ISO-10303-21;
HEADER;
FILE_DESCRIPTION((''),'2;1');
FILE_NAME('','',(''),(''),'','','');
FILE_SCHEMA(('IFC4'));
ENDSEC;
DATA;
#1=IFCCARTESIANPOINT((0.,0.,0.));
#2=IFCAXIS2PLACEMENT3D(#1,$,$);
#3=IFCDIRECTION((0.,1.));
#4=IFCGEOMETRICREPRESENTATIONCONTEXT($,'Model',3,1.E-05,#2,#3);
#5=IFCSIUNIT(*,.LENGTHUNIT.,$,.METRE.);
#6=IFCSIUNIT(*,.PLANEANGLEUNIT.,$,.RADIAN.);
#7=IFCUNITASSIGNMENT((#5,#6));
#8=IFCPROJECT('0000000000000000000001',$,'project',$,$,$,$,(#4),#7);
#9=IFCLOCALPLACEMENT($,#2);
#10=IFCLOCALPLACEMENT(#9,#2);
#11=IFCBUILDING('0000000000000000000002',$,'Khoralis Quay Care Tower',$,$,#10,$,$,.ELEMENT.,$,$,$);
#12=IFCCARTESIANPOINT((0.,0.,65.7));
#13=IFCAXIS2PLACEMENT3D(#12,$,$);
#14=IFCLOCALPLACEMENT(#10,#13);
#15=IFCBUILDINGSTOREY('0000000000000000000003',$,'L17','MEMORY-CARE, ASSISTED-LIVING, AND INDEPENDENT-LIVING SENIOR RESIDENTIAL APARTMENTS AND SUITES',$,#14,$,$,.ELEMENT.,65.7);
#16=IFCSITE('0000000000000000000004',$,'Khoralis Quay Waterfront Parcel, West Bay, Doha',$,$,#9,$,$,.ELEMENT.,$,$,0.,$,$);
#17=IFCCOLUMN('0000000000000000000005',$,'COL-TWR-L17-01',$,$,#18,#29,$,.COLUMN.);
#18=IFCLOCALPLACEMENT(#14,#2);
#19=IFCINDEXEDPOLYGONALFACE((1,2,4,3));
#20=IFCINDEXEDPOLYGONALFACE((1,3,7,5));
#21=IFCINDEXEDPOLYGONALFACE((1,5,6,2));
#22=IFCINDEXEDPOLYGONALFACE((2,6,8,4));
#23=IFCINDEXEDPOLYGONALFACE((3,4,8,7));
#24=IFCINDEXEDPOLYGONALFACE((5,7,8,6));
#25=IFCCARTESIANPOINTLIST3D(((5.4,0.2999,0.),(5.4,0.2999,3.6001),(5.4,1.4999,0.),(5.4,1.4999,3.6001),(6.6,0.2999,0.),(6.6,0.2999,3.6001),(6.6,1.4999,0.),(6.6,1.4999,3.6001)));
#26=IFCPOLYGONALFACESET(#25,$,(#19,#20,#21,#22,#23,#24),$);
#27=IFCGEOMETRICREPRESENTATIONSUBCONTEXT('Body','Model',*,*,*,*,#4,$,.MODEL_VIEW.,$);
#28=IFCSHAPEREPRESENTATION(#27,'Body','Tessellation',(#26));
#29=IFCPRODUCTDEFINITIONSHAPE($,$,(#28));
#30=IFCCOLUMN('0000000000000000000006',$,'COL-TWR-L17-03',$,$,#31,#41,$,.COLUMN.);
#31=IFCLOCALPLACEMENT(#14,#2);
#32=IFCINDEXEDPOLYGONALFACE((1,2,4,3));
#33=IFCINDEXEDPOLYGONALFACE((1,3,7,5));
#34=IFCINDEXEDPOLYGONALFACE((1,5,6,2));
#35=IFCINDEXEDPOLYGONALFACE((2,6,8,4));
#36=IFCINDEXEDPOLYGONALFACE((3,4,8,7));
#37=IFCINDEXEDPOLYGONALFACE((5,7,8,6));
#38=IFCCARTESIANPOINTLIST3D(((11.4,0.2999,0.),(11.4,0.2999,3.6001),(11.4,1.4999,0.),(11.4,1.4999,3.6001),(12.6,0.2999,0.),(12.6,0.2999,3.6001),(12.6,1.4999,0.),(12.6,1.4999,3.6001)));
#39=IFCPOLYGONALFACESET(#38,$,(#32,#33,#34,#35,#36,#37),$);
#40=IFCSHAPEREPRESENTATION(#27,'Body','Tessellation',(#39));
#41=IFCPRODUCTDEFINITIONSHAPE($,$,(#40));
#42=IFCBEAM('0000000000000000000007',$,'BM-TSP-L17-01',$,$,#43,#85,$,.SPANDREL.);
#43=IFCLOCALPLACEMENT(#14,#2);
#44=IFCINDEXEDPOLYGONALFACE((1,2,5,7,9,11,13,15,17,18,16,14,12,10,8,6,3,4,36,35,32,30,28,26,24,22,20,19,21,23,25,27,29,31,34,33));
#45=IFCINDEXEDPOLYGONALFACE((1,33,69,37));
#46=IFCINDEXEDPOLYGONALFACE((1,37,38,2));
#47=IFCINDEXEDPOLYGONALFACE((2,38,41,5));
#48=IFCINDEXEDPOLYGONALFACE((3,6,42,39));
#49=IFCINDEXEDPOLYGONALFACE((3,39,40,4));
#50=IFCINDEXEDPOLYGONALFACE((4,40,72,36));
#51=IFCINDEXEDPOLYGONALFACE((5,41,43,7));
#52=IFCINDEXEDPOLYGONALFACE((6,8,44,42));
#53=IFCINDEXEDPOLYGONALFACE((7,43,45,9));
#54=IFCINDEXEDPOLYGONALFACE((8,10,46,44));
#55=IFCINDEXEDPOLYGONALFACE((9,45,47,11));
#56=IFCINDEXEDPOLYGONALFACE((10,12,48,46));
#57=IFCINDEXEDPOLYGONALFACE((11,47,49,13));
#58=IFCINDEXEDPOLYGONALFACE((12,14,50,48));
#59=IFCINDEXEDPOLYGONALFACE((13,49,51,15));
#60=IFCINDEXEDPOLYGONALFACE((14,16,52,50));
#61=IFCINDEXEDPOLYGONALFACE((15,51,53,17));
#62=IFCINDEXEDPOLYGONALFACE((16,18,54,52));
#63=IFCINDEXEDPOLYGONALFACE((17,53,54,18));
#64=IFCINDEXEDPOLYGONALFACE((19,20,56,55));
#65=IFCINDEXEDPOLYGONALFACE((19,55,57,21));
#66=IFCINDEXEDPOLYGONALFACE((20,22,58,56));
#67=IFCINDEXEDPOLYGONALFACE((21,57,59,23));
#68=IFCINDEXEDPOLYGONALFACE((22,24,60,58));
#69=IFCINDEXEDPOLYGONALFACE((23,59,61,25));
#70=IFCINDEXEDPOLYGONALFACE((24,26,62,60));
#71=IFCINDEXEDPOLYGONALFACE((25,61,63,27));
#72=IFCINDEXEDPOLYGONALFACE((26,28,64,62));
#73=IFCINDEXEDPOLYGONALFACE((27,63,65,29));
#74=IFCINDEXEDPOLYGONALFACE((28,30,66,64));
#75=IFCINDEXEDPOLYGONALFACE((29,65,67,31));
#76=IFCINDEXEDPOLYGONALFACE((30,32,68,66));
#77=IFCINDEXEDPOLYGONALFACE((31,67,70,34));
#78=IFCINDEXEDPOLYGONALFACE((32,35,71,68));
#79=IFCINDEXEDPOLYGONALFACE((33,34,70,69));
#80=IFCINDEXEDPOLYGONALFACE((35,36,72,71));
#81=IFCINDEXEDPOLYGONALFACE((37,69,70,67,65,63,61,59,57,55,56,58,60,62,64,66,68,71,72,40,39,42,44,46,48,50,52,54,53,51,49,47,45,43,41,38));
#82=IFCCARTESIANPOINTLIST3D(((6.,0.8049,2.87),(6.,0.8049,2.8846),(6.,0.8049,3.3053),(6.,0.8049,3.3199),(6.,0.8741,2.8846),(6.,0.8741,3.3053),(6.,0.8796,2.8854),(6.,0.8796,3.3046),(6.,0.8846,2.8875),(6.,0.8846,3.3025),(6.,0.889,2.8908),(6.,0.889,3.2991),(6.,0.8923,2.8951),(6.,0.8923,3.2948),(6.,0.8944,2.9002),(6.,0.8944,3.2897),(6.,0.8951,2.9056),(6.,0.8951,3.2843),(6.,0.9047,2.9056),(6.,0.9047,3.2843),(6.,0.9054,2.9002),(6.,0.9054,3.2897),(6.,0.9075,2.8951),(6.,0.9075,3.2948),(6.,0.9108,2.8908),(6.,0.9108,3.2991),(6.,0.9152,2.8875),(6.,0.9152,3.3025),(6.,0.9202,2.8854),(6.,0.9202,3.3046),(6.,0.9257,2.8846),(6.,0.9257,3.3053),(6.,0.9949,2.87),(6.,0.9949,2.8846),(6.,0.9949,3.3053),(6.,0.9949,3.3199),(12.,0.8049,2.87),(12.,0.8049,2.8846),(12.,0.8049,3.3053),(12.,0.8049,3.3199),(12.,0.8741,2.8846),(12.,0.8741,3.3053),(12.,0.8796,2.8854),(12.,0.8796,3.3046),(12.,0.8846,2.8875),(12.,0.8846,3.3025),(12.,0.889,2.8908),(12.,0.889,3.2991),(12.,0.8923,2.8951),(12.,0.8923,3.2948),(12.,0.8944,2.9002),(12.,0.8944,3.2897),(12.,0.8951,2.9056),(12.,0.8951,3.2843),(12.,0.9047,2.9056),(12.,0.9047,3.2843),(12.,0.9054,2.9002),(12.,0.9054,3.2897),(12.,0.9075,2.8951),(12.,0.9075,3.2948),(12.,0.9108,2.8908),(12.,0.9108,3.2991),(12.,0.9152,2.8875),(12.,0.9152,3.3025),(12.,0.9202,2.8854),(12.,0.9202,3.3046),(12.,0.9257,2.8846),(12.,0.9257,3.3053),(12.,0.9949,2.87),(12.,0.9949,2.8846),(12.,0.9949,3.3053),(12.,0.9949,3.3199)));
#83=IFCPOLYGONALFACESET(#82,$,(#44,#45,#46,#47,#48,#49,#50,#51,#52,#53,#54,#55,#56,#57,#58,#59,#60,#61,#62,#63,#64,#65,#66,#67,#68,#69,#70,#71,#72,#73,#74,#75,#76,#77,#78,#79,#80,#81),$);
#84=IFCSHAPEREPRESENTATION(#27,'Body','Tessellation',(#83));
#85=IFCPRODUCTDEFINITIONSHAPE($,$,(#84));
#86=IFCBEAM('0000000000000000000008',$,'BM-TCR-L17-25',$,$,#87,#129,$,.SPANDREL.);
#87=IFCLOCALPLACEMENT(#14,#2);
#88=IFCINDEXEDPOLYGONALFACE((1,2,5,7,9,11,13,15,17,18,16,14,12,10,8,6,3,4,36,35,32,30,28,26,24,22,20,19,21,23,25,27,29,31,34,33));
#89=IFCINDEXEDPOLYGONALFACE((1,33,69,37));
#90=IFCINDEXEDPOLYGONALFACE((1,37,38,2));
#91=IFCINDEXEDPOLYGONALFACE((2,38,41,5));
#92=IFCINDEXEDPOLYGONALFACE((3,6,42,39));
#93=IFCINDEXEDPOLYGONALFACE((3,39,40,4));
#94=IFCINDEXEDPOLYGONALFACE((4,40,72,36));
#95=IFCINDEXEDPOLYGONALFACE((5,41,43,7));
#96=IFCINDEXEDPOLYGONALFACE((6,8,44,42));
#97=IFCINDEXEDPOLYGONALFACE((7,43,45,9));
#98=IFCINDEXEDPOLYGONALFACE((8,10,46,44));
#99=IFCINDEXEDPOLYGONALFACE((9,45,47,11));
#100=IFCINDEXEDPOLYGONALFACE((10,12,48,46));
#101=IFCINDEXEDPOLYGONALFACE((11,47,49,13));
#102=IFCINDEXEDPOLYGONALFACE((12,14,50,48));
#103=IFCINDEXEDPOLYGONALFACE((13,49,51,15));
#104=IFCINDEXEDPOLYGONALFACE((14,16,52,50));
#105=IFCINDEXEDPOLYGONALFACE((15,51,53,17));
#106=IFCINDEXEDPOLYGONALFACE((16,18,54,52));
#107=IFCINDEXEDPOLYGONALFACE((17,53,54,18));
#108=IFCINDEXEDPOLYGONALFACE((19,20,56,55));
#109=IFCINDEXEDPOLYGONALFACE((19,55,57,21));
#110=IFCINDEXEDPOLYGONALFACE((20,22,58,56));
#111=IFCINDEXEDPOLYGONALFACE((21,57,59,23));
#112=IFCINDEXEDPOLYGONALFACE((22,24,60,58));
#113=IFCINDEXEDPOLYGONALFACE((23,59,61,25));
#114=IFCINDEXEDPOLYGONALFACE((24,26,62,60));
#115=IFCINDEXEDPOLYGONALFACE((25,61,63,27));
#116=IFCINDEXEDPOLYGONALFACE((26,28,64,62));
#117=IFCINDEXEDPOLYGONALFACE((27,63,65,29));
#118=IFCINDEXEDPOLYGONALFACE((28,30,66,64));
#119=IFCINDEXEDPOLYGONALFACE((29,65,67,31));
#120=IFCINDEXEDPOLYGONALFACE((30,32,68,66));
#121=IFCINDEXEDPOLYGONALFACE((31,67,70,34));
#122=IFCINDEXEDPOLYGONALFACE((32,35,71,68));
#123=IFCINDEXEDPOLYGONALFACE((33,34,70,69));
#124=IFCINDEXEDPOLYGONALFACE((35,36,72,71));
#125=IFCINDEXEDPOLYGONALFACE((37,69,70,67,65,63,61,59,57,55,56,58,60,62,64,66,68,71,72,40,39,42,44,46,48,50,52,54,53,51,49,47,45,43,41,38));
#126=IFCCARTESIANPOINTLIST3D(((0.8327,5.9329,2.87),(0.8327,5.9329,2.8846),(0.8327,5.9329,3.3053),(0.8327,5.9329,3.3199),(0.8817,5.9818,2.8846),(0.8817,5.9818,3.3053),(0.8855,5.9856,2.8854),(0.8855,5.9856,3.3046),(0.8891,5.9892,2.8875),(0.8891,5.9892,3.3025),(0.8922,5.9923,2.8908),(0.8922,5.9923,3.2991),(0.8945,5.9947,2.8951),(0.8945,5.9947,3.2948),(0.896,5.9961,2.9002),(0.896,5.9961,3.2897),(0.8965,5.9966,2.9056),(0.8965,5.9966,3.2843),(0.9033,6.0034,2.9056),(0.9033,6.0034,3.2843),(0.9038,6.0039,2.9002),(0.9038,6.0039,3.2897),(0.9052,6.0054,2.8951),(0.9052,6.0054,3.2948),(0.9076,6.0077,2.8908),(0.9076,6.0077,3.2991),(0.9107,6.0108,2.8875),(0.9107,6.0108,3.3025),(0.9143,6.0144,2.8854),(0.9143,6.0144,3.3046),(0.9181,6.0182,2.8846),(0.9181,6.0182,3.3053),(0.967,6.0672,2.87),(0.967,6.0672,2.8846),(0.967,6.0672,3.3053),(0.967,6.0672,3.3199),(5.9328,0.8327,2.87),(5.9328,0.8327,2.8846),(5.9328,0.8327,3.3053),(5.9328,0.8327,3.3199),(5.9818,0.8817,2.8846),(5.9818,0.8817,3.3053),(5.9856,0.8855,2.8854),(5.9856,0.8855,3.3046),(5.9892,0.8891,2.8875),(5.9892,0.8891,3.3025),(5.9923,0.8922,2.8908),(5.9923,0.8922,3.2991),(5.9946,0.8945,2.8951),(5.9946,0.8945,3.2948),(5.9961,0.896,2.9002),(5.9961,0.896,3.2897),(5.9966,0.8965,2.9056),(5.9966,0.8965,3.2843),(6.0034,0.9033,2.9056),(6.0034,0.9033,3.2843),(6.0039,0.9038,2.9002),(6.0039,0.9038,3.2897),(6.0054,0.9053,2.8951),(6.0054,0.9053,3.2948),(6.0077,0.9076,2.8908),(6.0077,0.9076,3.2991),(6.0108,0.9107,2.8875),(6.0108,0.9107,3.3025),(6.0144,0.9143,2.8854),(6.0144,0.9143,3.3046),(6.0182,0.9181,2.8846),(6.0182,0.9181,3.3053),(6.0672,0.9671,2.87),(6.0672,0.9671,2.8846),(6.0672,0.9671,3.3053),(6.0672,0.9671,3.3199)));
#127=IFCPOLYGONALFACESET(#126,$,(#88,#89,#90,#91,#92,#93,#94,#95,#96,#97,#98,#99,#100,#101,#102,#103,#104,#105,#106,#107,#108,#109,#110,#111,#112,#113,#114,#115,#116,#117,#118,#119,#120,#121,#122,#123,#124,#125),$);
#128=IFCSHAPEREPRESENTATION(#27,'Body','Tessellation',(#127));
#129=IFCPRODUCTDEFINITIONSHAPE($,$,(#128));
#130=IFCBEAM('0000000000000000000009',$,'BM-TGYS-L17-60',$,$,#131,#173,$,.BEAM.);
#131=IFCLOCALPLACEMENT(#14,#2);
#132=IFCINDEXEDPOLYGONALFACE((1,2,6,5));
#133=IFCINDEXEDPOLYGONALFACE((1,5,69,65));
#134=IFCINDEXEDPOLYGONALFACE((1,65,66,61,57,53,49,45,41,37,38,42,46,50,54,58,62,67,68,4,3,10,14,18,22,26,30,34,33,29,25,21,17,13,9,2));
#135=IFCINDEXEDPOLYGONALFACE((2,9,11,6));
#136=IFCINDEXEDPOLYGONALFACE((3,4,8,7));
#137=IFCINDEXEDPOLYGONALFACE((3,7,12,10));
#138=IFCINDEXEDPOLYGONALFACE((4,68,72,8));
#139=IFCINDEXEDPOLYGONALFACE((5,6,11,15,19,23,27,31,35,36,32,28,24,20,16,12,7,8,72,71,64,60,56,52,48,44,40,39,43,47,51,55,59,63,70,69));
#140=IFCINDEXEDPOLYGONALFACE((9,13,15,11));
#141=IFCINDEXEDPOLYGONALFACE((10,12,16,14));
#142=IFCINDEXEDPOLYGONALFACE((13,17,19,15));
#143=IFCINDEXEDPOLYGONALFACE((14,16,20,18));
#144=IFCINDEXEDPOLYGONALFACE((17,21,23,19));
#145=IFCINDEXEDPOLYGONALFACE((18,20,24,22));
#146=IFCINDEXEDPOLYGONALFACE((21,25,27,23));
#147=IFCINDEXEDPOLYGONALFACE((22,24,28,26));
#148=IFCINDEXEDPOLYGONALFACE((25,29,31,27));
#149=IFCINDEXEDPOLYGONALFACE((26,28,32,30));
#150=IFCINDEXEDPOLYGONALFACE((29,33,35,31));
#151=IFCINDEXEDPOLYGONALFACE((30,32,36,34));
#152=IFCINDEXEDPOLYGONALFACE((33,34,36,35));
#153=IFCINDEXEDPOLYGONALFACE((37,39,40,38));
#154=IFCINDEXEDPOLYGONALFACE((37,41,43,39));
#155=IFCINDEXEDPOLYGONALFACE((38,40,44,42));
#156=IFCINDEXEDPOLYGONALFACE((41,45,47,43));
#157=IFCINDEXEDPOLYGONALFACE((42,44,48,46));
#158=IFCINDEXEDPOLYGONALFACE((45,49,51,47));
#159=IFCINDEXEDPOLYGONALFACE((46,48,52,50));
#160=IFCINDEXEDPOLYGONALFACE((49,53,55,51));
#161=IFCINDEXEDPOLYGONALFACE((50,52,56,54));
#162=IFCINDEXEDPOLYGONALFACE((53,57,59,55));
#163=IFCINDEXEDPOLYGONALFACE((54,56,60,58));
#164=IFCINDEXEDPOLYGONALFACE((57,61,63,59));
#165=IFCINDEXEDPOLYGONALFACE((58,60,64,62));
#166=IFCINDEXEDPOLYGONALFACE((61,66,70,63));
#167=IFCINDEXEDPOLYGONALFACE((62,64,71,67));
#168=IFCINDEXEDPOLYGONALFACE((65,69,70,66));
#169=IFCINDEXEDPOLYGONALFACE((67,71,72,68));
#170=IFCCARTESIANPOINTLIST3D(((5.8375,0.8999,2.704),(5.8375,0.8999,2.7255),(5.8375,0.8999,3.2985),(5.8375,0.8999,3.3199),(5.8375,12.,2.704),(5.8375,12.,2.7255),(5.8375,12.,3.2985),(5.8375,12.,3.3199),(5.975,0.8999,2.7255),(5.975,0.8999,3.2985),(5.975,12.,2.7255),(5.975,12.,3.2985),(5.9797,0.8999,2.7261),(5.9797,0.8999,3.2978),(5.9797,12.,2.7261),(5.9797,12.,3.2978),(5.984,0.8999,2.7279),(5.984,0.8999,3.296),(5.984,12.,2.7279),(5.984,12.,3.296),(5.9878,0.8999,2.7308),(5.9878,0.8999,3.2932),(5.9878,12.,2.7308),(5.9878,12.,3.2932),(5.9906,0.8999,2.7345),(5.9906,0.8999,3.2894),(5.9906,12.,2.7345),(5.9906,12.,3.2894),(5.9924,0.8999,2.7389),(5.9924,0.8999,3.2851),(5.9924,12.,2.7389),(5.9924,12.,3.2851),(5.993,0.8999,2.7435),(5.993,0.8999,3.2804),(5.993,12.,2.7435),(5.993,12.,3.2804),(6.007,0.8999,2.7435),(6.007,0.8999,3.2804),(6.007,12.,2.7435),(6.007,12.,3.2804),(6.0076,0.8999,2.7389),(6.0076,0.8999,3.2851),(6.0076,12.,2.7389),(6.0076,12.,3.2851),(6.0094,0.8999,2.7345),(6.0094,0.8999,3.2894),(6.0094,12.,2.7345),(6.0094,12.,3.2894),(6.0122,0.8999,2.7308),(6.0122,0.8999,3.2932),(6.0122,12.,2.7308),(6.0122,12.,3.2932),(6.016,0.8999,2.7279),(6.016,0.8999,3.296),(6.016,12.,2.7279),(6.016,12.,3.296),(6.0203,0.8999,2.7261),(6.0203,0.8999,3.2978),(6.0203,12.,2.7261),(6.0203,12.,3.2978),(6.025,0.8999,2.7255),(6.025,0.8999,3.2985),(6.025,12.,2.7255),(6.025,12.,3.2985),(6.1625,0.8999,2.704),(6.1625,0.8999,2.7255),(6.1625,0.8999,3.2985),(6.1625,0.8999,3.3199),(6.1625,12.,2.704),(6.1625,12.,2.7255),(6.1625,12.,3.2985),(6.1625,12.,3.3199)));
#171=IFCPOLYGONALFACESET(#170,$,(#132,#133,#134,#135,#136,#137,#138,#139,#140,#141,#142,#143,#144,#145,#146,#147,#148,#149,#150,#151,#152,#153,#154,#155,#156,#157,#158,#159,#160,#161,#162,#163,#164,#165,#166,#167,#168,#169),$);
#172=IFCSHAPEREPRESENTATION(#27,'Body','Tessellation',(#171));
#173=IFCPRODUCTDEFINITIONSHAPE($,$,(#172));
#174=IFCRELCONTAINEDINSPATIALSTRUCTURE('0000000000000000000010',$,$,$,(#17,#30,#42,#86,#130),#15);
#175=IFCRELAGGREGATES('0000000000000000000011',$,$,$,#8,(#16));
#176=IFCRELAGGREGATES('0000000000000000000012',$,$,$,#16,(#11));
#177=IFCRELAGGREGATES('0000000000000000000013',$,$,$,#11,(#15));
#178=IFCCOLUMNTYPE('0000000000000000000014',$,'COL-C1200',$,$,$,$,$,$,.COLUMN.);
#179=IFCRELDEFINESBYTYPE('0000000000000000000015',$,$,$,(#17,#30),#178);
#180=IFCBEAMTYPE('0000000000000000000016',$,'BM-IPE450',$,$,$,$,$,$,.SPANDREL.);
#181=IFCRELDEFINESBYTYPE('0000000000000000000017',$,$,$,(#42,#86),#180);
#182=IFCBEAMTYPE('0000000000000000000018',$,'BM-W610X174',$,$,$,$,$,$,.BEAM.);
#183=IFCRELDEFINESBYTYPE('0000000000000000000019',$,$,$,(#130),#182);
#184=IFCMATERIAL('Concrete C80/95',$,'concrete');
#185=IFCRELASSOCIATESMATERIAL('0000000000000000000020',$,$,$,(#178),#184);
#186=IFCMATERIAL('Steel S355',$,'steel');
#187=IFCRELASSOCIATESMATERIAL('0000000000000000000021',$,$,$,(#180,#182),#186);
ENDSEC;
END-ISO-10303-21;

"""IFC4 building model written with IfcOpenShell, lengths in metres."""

from ifc_helpers import new_model, si_unit, direction, frame, origin, origin_2d, place, context, subcontext, project, spatial, rectangle, i_section, extrude, source, transform, mapped, material, material_profile, profile_set, type_object, element, save


model = new_model("IFC4")

# Units and contexts
model_context = context("Model", 3, precision=1e-05, world=origin(), true_north=direction((0.0, 1.0)))
body_context = subcontext(model_context, "Body", "Model", "MODEL_VIEW")
ifc_project = project(units=[si_unit("LENGTHUNIT", "METRE"), si_unit("PLANEANGLEUNIT", "RADIAN")], contexts=[model_context])

# Site, building, storey
site_placement = place(None, origin())
site = spatial("IfcSite", under=ifc_project, at=site_placement, Name="Khoralis Quay Waterfront Parcel, West Bay, Doha", CompositionType="ELEMENT", RefElevation=0.0)
building_placement = place(site_placement, origin())
building = spatial("IfcBuilding", under=site, at=building_placement, Name="Khoralis Quay Care Tower", CompositionType="ELEMENT")
storey_placement = place(building_placement, frame((0.0, 0.0, 65.7)))
storey = spatial("IfcBuildingStorey", under=building, at=storey_placement, Name="L17", Description="MEMORY-CARE, ASSISTED-LIVING, AND INDEPENDENT-LIVING SENIOR RESIDENTIAL APARTMENTS AND SUITES", CompositionType="ELEMENT", Elevation=65.7)

# Columns
ifc_material_1 = material(Name="Concrete C80/95", Category="concrete")
ifc_material_profile_1 = material_profile(ifc_material_1, rectangle(XDim=1.2, YDim=1.2, at=origin_2d()), Name="Concrete C80/95")
ifc_profile_set_1 = profile_set([ifc_material_profile_1], Name="Concrete C80/95")
column_type = type_object("IfcColumnType", Name="COL-C1200", PredefinedType="COLUMN", material=ifc_profile_set_1)
shared_shape_1 = source(origin(), body_context, "Body", "SweptSolid", [
    extrude(rectangle(XDim=1.2, YDim=1.2, at=origin_2d()), origin(), (0.0, 0.0, 1.0), 3.6001),
])
for number, where, z_axis, x_axis, name in (
    (1, (6.0, 0.8999, 0.0), (0.0, 0.0, 1.0), (1.0, 0.0, 0.0), "COL-TWR-L17-01"),
    (2, (12.0, 0.8999, 0.0), (0.0, 0.0, 1.0), (1.0, 0.0, 0.0), "COL-TWR-L17-03"),
):
    element("IfcColumn", number, at=place(storey_placement, frame(where, z_axis=z_axis, x_axis=x_axis)), inside=storey, type_object=column_type, Name=name, PredefinedType="COLUMN", context=body_context, shape_type="MappedRepresentation", body=[
        mapped(shared_shape_1, transform((0.0, 0.0, 0.0), scale=1.0)),
    ])

# Beams
ifc_material_2 = material(Name="Steel S355", Category="steel")
ifc_material_profile_2 = material_profile(ifc_material_2, i_section(OverallWidth=0.1899, OverallDepth=0.45, WebThickness=0.0095, FlangeThickness=0.0146, FilletRadius=0.021, at=origin_2d()), Name="Steel S355")
ifc_profile_set_2 = profile_set([ifc_material_profile_2], Name="Steel S355")
beam_type_1 = type_object("IfcBeamType", Name="BM-IPE450", PredefinedType="SPANDREL", material=ifc_profile_set_2)
shared_shape_2 = source(origin(), body_context, "Body", "SweptSolid", [
    extrude(i_section(OverallWidth=0.1899, OverallDepth=0.45, WebThickness=0.0095, FlangeThickness=0.0146, FilletRadius=0.021, at=origin_2d()), origin(), (0.0, 0.0, 1.0), 6.0),
])
beam_1_placement = place(storey_placement, frame((6.0, 0.8999, 3.095), z_axis=(1.0, 0.0, 0.0), x_axis=(0.0, 1.0, 0.0)))
element("IfcBeam", 3, at=beam_1_placement, inside=storey, type_object=beam_type_1, Name="BM-TSP-L17-01", PredefinedType="SPANDREL", context=body_context, shape_type="MappedRepresentation", body=[
    mapped(shared_shape_2, transform((0.0, 0.0, 0.0), scale=1.0)),
])
shared_shape_3 = source(origin(), body_context, "Body", "SweptSolid", [
    extrude(i_section(OverallWidth=0.1899, OverallDepth=0.45, WebThickness=0.0095, FlangeThickness=0.0146, FilletRadius=0.021, at=origin_2d()), origin(), (0.0, 0.0, 1.0), 7.2126),
])
beam_2_placement = place(storey_placement, frame((6.0, 0.8999, 3.095), z_axis=(-0.707107, 0.707107, 0.0), x_axis=(-0.707107, -0.707107, 0.0)))
element("IfcBeam", 4, at=beam_2_placement, inside=storey, type_object=beam_type_1, Name="BM-TCR-L17-25", PredefinedType="SPANDREL", context=body_context, shape_type="MappedRepresentation", body=[
    mapped(shared_shape_3, transform((0.0, 0.0, 0.0), scale=1.0)),
])
ifc_material_profile_3 = material_profile(ifc_material_2, i_section(OverallWidth=0.325, OverallDepth=0.616, WebThickness=0.0139, FlangeThickness=0.0215, FilletRadius=0.0181, at=origin_2d()), Name="Steel S355")
ifc_profile_set_3 = profile_set([ifc_material_profile_3], Name="Steel S355")
beam_type_2 = type_object("IfcBeamType", Name="BM-W610X174", PredefinedType="BEAM", material=ifc_profile_set_3)
shared_shape_4 = source(origin(), body_context, "Body", "SweptSolid", [
    extrude(i_section(OverallWidth=0.325, OverallDepth=0.616, WebThickness=0.0139, FlangeThickness=0.0215, FilletRadius=0.0181, at=origin_2d()), origin(), (0.0, 0.0, 1.0), 11.1001),
])
beam_3_placement = place(storey_placement, frame((6.0, 0.8999, 3.012), z_axis=(0.0, 1.0, 0.0), x_axis=(-1.0, 0.0, 0.0)))
element("IfcBeam", 5, at=beam_3_placement, inside=storey, type_object=beam_type_2, Name="BM-TGYS-L17-60", PredefinedType="BEAM", context=body_context, shape_type="MappedRepresentation", body=[
    mapped(shared_shape_4, transform((0.0, 0.0, 0.0), scale=1.0)),
])

save(model, "model.ifc")
